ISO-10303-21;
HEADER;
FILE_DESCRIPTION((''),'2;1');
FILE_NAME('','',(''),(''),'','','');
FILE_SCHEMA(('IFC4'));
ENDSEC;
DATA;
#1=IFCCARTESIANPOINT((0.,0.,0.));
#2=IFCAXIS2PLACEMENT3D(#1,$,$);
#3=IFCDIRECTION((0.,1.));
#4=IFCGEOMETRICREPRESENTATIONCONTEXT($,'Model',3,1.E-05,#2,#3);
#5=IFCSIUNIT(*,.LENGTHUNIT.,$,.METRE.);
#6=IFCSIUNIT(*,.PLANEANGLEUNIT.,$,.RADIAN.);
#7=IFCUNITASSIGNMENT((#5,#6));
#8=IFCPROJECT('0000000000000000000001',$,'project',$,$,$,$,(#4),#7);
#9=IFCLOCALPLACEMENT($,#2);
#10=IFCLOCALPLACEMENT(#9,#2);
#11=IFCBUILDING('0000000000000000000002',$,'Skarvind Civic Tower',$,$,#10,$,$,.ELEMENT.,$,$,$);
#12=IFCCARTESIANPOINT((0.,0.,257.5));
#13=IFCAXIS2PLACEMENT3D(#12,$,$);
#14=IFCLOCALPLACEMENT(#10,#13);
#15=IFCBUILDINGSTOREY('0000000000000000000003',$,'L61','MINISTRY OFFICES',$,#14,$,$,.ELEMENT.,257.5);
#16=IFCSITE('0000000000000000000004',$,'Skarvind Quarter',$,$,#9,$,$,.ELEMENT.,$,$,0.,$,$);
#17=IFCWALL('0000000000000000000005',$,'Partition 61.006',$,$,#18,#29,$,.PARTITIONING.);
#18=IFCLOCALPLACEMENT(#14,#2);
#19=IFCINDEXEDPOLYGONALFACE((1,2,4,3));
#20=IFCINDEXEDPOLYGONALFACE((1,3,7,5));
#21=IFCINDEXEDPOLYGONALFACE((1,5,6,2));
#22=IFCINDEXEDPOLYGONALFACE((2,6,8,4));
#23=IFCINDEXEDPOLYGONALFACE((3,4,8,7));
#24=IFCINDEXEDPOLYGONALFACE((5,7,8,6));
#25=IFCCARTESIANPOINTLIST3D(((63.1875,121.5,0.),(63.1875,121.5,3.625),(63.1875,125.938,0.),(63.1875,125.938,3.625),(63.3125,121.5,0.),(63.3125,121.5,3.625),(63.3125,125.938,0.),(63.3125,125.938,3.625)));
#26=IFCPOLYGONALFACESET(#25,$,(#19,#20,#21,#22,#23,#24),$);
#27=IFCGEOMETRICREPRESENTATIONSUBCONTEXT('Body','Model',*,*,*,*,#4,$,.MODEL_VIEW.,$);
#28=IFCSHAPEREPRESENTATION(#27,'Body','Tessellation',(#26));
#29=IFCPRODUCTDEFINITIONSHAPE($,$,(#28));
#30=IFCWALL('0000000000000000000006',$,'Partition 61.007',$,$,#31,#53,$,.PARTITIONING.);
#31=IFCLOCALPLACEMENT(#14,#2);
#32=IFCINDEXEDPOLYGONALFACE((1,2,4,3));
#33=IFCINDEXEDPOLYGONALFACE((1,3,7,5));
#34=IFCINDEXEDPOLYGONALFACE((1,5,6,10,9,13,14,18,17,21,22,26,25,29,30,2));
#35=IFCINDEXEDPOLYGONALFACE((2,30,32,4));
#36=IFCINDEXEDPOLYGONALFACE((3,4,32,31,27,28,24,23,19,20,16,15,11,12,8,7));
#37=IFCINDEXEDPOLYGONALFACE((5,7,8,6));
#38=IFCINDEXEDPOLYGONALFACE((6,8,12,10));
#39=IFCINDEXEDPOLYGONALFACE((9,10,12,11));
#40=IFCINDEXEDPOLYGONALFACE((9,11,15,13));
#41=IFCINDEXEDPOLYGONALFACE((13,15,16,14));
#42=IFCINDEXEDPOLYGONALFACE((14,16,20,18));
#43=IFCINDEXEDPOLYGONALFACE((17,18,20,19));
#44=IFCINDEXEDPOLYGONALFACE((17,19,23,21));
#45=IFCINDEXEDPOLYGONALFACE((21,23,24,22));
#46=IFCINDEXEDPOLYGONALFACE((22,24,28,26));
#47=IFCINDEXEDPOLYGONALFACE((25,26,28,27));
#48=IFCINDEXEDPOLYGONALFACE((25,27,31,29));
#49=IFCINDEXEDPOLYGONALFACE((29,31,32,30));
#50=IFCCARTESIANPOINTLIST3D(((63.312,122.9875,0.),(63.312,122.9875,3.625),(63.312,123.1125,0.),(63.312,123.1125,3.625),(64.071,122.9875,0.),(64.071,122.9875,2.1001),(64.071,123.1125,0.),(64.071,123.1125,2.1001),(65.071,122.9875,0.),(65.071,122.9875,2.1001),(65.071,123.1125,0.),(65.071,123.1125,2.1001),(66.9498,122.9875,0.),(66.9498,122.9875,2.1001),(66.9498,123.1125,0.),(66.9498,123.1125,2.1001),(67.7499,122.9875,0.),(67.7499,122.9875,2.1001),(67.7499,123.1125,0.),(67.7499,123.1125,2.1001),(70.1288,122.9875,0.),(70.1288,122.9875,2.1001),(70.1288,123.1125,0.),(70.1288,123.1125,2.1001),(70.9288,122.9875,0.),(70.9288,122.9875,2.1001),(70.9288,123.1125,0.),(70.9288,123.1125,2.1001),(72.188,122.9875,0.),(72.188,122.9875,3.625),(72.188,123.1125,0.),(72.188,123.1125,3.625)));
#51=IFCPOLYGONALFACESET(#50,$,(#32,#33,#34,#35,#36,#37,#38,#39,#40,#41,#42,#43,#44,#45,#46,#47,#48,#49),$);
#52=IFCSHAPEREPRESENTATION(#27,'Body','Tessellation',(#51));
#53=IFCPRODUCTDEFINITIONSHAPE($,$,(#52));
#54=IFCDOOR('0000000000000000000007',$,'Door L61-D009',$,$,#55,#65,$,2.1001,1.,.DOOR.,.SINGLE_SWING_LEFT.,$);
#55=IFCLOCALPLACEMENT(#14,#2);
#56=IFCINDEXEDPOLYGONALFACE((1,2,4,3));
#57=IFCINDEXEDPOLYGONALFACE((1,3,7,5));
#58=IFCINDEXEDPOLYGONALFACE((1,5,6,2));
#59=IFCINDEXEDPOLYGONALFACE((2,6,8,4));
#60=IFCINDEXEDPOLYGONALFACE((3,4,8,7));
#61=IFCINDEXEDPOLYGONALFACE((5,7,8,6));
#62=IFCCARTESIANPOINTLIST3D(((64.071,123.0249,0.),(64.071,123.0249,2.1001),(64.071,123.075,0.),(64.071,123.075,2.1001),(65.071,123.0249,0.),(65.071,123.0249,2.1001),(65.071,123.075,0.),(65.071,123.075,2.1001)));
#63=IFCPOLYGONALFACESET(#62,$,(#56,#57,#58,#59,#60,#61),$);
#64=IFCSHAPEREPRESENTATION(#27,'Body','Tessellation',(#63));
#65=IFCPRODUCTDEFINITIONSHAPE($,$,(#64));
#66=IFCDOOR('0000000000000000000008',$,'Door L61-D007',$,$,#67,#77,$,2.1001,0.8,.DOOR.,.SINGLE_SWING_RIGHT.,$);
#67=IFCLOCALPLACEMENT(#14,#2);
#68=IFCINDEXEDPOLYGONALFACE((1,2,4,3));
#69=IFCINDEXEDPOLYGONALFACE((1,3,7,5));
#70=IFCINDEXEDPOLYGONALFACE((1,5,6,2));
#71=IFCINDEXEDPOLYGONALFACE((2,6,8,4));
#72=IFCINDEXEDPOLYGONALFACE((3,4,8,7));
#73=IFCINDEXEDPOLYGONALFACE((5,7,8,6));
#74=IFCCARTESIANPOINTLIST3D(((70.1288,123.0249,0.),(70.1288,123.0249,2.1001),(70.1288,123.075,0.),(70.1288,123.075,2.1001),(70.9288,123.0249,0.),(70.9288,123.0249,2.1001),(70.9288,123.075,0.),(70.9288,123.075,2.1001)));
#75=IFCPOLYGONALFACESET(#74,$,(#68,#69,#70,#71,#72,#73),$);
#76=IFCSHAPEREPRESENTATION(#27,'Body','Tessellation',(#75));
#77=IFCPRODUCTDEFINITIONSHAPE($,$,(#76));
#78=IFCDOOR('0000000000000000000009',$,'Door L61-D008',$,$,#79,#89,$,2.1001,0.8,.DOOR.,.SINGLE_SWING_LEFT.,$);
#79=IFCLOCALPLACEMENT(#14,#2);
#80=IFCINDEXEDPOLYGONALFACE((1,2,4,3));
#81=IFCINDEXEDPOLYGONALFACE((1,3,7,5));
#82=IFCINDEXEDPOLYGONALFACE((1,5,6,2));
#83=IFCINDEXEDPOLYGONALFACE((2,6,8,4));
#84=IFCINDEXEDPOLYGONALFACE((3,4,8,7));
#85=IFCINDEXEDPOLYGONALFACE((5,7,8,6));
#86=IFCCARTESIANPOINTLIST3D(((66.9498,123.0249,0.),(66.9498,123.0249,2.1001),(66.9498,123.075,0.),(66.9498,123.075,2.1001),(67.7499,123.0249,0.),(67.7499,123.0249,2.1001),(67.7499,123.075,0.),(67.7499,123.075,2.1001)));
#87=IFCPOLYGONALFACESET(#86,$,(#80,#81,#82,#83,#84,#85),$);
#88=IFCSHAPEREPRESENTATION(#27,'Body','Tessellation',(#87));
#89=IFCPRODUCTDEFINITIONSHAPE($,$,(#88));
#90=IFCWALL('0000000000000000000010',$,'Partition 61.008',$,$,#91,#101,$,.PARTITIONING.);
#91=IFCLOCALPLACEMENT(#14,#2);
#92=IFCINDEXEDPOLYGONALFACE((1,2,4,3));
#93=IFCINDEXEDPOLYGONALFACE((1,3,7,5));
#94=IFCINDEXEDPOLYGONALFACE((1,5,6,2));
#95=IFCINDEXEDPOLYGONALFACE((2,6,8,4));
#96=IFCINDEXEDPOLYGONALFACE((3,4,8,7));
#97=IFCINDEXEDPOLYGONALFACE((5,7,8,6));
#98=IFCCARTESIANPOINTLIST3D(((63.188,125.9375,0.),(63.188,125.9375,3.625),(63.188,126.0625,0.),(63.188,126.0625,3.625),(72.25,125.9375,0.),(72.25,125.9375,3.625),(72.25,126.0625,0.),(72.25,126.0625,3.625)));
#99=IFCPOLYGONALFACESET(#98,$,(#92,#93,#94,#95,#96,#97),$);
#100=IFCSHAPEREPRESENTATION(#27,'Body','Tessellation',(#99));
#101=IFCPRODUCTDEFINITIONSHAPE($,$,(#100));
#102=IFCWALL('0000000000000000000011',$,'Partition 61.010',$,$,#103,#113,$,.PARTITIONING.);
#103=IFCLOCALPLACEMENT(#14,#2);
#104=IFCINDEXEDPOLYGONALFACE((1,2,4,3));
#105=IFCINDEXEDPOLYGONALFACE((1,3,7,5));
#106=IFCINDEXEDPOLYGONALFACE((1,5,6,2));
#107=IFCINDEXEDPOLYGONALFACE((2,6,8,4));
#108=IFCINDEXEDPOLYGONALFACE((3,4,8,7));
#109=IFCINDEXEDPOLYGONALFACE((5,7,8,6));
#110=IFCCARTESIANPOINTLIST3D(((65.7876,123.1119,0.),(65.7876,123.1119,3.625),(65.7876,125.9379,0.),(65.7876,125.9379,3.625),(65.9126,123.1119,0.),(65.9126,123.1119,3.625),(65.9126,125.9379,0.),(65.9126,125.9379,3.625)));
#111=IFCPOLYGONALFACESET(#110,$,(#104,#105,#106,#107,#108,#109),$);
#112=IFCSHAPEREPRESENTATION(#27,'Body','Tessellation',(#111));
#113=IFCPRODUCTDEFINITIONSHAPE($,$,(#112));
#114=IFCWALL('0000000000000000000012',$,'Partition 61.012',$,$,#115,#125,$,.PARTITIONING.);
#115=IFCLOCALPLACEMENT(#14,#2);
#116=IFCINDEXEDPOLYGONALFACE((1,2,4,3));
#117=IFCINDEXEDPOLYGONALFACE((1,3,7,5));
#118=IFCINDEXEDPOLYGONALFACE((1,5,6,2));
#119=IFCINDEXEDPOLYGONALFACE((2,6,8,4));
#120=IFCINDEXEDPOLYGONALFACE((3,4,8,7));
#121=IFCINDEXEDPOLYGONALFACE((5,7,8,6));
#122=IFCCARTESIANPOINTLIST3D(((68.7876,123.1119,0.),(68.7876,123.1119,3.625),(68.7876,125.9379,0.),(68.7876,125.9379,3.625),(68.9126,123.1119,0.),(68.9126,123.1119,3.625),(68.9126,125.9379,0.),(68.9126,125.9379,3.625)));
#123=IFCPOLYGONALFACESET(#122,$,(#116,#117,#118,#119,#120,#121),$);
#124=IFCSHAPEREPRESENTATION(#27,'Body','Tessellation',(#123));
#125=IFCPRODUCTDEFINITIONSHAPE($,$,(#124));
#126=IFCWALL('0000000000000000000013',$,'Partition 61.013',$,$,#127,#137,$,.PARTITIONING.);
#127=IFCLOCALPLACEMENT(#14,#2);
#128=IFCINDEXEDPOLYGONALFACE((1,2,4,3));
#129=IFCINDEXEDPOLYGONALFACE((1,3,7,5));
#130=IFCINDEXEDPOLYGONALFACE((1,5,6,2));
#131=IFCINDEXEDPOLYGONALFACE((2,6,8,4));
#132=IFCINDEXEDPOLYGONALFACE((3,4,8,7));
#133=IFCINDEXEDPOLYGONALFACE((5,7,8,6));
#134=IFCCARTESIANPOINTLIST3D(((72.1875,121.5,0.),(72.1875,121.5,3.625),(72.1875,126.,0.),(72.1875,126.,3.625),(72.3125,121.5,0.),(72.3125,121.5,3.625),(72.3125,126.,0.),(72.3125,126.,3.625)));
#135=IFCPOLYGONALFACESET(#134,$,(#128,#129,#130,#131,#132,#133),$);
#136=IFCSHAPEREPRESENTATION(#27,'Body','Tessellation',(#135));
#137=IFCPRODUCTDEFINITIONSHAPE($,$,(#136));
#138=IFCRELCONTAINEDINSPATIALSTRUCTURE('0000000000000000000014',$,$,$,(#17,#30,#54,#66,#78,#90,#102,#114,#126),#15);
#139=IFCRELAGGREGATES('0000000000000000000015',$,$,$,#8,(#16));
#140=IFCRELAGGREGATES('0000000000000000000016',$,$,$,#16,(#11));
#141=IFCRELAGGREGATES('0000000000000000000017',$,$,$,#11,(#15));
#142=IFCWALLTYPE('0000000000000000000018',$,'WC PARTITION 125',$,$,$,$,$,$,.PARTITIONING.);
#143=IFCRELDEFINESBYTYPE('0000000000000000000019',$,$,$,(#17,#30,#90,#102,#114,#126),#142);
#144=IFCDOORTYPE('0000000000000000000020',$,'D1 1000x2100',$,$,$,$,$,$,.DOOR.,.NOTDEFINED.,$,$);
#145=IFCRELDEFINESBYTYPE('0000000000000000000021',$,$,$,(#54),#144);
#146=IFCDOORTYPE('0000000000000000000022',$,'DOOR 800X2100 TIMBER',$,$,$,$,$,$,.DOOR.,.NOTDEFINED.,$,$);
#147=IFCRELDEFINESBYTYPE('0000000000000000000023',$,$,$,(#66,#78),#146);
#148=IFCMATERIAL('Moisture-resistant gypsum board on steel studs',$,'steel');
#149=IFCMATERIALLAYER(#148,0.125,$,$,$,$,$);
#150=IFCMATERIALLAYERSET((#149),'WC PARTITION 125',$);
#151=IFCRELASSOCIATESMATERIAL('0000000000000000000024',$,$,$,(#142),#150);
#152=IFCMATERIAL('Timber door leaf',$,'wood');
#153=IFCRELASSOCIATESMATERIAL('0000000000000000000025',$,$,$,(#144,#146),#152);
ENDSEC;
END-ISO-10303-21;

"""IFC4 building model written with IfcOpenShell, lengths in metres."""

from ifc_helpers import new_model, si_unit, direction, frame, frame_2d, origin, place, context, subcontext, project, spatial, rectangle, extrude, material, layer, layer_set, type_object, element, fill, save


model = new_model("IFC4")

# Units and contexts
model_context = context("Model", 3, precision=1e-05, world=origin(), true_north=direction((0.0, 1.0)))
body_context = subcontext(model_context, "Body", "Model", "MODEL_VIEW")
ifc_project = project(units=[si_unit("LENGTHUNIT", "METRE"), si_unit("PLANEANGLEUNIT", "RADIAN")], contexts=[model_context])

# Site, building, storey
site_placement = place(None, origin())
site = spatial("IfcSite", under=ifc_project, at=site_placement, Name="Skarvind Quarter", CompositionType="ELEMENT", RefElevation=0.0)
building_placement = place(site_placement, origin())
building = spatial("IfcBuilding", under=site, at=building_placement, Name="Skarvind Civic Tower", CompositionType="ELEMENT")
storey_placement = place(building_placement, frame((0.0, 0.0, 257.5)))
storey = spatial("IfcBuildingStorey", under=building, at=storey_placement, Name="L61", Description="MINISTRY OFFICES", CompositionType="ELEMENT", Elevation=257.5)

# Wall
ifc_material_1 = material(Name="Moisture-resistant gypsum board on steel studs", Category="steel")
ifc_layer_1 = layer(ifc_material_1, 0.125)
ifc_layer_set_1 = layer_set([ifc_layer_1], Name="WC PARTITION 125")
wall_type_1 = type_object("IfcWallType", Name="WC PARTITION 125", PredefinedType="PARTITIONING", material=ifc_layer_set_1)
wall_1_placement = place(storey_placement, frame((63.25, 121.5, 0.0), z_axis=(0.0, 0.0, 1.0), x_axis=(0.0, 1.0, 0.0)))
element("IfcWall", 1, at=wall_1_placement, inside=storey, type_object=wall_type_1, Name="Partition 61.006", PredefinedType="PARTITIONING", context=body_context, shape_type="SweptSolid", body=[
    extrude(rectangle(XDim=4.438, YDim=0.125, at=frame_2d((2.219, 0.0))), origin(), (0.0, 0.0, 1.0), 3.625),
])

# Wall, openings, doors
wall_2_placement = place(storey_placement, frame((63.312, 123.05, 0.0), z_axis=(0.0, 0.0, 1.0), x_axis=(1.0, 0.0, 0.0)))
wall_2 = element("IfcWall", 2, at=wall_2_placement, inside=storey, type_object=wall_type_1, Name="Partition 61.007", PredefinedType="PARTITIONING", context=body_context, shape_type="SweptSolid", body=[
    extrude(rectangle(XDim=8.876, YDim=0.125, at=frame_2d((4.438, 0.0))), origin(), (0.0, 0.0, 1.0), 3.625),
])
opening_1_placement = place(wall_2_placement, frame((6.8169, 0.0, 0.0)))
opening_1 = element("IfcOpeningElement", 3, at=opening_1_placement, cuts=wall_2, PredefinedType="OPENING", context=body_context, shape_type="SweptSolid", body=[
    extrude(rectangle(XDim=0.8, YDim=2.1001, at=frame_2d((0.3999, 1.05))), frame((0.0, 0.0725, 0.0), z_axis=(0.0, -1.0, 0.0), x_axis=(1.0, 0.0, 0.0)), (0.0, 0.0, 1.0), 0.145),
])
opening_2_placement = place(wall_2_placement, frame((3.6379, 0.0, 0.0)))
opening_2 = element("IfcOpeningElement", 4, at=opening_2_placement, cuts=wall_2, PredefinedType="OPENING", context=body_context, shape_type="SweptSolid", body=[
    extrude(rectangle(XDim=0.8, YDim=2.1001, at=frame_2d((0.3999, 1.05))), frame((0.0, 0.0725, 0.0), z_axis=(0.0, -1.0, 0.0), x_axis=(1.0, 0.0, 0.0)), (0.0, 0.0, 1.0), 0.145),
])
opening_3_placement = place(wall_2_placement, frame((0.759, 0.0, 0.0)))
opening_3 = element("IfcOpeningElement", 5, at=opening_3_placement, cuts=wall_2, PredefinedType="OPENING", context=body_context, shape_type="SweptSolid", body=[
    extrude(rectangle(XDim=1.0, YDim=2.1001, at=frame_2d((0.5, 1.05))), frame((0.0, 0.0725, 0.0), z_axis=(0.0, -1.0, 0.0), x_axis=(1.0, 0.0, 0.0)), (0.0, 0.0, 1.0), 0.145),
])
ifc_material_2 = material(Name="Timber door leaf", Category="wood")
door_type_1 = type_object("IfcDoorType", Name="D1 1000x2100", OperationType="NOTDEFINED", PredefinedType="DOOR", material=ifc_material_2)
door_1_placement = place(opening_3_placement, origin())
door_1 = element("IfcDoor", 6, at=door_1_placement, inside=storey, type_object=door_type_1, Name="Door L61-D009", OperationType="SINGLE_SWING_LEFT", OverallHeight=2.1001, OverallWidth=1.0, PredefinedType="DOOR", context=body_context, shape_type="SweptSolid", body=[
    extrude(rectangle(XDim=1.0, YDim=2.1001, at=frame_2d((0.5, 1.05))), frame((0.0, 0.0249, 0.0), z_axis=(0.0, -1.0, 0.0), x_axis=(1.0, 0.0, 0.0)), (0.0, 0.0, 1.0), 0.05),
])
fill(opening_3, door_1)
door_type_2 = type_object("IfcDoorType", Name="DOOR 800X2100 TIMBER", OperationType="NOTDEFINED", PredefinedType="DOOR", material=ifc_material_2)
door_2_placement = place(opening_1_placement, origin())
door_2 = element("IfcDoor", 7, at=door_2_placement, inside=storey, type_object=door_type_2, Name="Door L61-D007", OperationType="SINGLE_SWING_RIGHT", OverallHeight=2.1001, OverallWidth=0.8, PredefinedType="DOOR", context=body_context, shape_type="SweptSolid", body=[
    extrude(rectangle(XDim=0.8, YDim=2.1001, at=frame_2d((0.3999, 1.05))), frame((0.0, 0.0249, 0.0), z_axis=(0.0, -1.0, 0.0), x_axis=(1.0, 0.0, 0.0)), (0.0, 0.0, 1.0), 0.05),
])
fill(opening_1, door_2)
door_3_placement = place(opening_2_placement, origin())
door_3 = element("IfcDoor", 8, at=door_3_placement, inside=storey, type_object=door_type_2, Name="Door L61-D008", OperationType="SINGLE_SWING_LEFT", OverallHeight=2.1001, OverallWidth=0.8, PredefinedType="DOOR", context=body_context, shape_type="SweptSolid", body=[
    extrude(rectangle(XDim=0.8, YDim=2.1001, at=frame_2d((0.3999, 1.05))), frame((0.0, 0.0249, 0.0), z_axis=(0.0, -1.0, 0.0), x_axis=(1.0, 0.0, 0.0)), (0.0, 0.0, 1.0), 0.05),
])
fill(opening_2, door_3)

# Walls
wall_3_placement = place(storey_placement, frame((63.188, 126.0, 0.0), z_axis=(0.0, 0.0, 1.0), x_axis=(1.0, 0.0, 0.0)))
element("IfcWall", 9, at=wall_3_placement, inside=storey, type_object=wall_type_1, Name="Partition 61.008", PredefinedType="PARTITIONING", context=body_context, shape_type="SweptSolid", body=[
    extrude(rectangle(XDim=9.062, YDim=0.125, at=frame_2d((4.531, 0.0))), origin(), (0.0, 0.0, 1.0), 3.625),
])
for number, where, z_axis, x_axis, name in (
    (10, (65.8501, 125.938, 0.0), (0.0, 0.0, 1.0), (0.0, -1.0, 0.0), "Partition 61.010"),
    (11, (68.8501, 125.938, 0.0), (0.0, 0.0, 1.0), (0.0, -1.0, 0.0), "Partition 61.012"),
):
    element("IfcWall", number, at=place(storey_placement, frame(where, z_axis=z_axis, x_axis=x_axis)), inside=storey, type_object=wall_type_1, Name=name, PredefinedType="PARTITIONING", context=body_context, shape_type="SweptSolid", body=[
        extrude(rectangle(XDim=2.8259, YDim=0.125, at=frame_2d((1.4131, 0.0))), origin(), (0.0, 0.0, 1.0), 3.625),
    ])
wall_4_placement = place(storey_placement, frame((72.25, 126.0, 0.0), z_axis=(0.0, 0.0, 1.0), x_axis=(0.0, -1.0, 0.0)))
element("IfcWall", 12, at=wall_4_placement, inside=storey, type_object=wall_type_1, Name="Partition 61.013", PredefinedType="PARTITIONING", context=body_context, shape_type="SweptSolid", body=[
    extrude(rectangle(XDim=4.5, YDim=0.125, at=frame_2d((2.25, 0.0))), origin(), (0.0, 0.0, 1.0), 3.625),
])

save(model, "model.ifc")
